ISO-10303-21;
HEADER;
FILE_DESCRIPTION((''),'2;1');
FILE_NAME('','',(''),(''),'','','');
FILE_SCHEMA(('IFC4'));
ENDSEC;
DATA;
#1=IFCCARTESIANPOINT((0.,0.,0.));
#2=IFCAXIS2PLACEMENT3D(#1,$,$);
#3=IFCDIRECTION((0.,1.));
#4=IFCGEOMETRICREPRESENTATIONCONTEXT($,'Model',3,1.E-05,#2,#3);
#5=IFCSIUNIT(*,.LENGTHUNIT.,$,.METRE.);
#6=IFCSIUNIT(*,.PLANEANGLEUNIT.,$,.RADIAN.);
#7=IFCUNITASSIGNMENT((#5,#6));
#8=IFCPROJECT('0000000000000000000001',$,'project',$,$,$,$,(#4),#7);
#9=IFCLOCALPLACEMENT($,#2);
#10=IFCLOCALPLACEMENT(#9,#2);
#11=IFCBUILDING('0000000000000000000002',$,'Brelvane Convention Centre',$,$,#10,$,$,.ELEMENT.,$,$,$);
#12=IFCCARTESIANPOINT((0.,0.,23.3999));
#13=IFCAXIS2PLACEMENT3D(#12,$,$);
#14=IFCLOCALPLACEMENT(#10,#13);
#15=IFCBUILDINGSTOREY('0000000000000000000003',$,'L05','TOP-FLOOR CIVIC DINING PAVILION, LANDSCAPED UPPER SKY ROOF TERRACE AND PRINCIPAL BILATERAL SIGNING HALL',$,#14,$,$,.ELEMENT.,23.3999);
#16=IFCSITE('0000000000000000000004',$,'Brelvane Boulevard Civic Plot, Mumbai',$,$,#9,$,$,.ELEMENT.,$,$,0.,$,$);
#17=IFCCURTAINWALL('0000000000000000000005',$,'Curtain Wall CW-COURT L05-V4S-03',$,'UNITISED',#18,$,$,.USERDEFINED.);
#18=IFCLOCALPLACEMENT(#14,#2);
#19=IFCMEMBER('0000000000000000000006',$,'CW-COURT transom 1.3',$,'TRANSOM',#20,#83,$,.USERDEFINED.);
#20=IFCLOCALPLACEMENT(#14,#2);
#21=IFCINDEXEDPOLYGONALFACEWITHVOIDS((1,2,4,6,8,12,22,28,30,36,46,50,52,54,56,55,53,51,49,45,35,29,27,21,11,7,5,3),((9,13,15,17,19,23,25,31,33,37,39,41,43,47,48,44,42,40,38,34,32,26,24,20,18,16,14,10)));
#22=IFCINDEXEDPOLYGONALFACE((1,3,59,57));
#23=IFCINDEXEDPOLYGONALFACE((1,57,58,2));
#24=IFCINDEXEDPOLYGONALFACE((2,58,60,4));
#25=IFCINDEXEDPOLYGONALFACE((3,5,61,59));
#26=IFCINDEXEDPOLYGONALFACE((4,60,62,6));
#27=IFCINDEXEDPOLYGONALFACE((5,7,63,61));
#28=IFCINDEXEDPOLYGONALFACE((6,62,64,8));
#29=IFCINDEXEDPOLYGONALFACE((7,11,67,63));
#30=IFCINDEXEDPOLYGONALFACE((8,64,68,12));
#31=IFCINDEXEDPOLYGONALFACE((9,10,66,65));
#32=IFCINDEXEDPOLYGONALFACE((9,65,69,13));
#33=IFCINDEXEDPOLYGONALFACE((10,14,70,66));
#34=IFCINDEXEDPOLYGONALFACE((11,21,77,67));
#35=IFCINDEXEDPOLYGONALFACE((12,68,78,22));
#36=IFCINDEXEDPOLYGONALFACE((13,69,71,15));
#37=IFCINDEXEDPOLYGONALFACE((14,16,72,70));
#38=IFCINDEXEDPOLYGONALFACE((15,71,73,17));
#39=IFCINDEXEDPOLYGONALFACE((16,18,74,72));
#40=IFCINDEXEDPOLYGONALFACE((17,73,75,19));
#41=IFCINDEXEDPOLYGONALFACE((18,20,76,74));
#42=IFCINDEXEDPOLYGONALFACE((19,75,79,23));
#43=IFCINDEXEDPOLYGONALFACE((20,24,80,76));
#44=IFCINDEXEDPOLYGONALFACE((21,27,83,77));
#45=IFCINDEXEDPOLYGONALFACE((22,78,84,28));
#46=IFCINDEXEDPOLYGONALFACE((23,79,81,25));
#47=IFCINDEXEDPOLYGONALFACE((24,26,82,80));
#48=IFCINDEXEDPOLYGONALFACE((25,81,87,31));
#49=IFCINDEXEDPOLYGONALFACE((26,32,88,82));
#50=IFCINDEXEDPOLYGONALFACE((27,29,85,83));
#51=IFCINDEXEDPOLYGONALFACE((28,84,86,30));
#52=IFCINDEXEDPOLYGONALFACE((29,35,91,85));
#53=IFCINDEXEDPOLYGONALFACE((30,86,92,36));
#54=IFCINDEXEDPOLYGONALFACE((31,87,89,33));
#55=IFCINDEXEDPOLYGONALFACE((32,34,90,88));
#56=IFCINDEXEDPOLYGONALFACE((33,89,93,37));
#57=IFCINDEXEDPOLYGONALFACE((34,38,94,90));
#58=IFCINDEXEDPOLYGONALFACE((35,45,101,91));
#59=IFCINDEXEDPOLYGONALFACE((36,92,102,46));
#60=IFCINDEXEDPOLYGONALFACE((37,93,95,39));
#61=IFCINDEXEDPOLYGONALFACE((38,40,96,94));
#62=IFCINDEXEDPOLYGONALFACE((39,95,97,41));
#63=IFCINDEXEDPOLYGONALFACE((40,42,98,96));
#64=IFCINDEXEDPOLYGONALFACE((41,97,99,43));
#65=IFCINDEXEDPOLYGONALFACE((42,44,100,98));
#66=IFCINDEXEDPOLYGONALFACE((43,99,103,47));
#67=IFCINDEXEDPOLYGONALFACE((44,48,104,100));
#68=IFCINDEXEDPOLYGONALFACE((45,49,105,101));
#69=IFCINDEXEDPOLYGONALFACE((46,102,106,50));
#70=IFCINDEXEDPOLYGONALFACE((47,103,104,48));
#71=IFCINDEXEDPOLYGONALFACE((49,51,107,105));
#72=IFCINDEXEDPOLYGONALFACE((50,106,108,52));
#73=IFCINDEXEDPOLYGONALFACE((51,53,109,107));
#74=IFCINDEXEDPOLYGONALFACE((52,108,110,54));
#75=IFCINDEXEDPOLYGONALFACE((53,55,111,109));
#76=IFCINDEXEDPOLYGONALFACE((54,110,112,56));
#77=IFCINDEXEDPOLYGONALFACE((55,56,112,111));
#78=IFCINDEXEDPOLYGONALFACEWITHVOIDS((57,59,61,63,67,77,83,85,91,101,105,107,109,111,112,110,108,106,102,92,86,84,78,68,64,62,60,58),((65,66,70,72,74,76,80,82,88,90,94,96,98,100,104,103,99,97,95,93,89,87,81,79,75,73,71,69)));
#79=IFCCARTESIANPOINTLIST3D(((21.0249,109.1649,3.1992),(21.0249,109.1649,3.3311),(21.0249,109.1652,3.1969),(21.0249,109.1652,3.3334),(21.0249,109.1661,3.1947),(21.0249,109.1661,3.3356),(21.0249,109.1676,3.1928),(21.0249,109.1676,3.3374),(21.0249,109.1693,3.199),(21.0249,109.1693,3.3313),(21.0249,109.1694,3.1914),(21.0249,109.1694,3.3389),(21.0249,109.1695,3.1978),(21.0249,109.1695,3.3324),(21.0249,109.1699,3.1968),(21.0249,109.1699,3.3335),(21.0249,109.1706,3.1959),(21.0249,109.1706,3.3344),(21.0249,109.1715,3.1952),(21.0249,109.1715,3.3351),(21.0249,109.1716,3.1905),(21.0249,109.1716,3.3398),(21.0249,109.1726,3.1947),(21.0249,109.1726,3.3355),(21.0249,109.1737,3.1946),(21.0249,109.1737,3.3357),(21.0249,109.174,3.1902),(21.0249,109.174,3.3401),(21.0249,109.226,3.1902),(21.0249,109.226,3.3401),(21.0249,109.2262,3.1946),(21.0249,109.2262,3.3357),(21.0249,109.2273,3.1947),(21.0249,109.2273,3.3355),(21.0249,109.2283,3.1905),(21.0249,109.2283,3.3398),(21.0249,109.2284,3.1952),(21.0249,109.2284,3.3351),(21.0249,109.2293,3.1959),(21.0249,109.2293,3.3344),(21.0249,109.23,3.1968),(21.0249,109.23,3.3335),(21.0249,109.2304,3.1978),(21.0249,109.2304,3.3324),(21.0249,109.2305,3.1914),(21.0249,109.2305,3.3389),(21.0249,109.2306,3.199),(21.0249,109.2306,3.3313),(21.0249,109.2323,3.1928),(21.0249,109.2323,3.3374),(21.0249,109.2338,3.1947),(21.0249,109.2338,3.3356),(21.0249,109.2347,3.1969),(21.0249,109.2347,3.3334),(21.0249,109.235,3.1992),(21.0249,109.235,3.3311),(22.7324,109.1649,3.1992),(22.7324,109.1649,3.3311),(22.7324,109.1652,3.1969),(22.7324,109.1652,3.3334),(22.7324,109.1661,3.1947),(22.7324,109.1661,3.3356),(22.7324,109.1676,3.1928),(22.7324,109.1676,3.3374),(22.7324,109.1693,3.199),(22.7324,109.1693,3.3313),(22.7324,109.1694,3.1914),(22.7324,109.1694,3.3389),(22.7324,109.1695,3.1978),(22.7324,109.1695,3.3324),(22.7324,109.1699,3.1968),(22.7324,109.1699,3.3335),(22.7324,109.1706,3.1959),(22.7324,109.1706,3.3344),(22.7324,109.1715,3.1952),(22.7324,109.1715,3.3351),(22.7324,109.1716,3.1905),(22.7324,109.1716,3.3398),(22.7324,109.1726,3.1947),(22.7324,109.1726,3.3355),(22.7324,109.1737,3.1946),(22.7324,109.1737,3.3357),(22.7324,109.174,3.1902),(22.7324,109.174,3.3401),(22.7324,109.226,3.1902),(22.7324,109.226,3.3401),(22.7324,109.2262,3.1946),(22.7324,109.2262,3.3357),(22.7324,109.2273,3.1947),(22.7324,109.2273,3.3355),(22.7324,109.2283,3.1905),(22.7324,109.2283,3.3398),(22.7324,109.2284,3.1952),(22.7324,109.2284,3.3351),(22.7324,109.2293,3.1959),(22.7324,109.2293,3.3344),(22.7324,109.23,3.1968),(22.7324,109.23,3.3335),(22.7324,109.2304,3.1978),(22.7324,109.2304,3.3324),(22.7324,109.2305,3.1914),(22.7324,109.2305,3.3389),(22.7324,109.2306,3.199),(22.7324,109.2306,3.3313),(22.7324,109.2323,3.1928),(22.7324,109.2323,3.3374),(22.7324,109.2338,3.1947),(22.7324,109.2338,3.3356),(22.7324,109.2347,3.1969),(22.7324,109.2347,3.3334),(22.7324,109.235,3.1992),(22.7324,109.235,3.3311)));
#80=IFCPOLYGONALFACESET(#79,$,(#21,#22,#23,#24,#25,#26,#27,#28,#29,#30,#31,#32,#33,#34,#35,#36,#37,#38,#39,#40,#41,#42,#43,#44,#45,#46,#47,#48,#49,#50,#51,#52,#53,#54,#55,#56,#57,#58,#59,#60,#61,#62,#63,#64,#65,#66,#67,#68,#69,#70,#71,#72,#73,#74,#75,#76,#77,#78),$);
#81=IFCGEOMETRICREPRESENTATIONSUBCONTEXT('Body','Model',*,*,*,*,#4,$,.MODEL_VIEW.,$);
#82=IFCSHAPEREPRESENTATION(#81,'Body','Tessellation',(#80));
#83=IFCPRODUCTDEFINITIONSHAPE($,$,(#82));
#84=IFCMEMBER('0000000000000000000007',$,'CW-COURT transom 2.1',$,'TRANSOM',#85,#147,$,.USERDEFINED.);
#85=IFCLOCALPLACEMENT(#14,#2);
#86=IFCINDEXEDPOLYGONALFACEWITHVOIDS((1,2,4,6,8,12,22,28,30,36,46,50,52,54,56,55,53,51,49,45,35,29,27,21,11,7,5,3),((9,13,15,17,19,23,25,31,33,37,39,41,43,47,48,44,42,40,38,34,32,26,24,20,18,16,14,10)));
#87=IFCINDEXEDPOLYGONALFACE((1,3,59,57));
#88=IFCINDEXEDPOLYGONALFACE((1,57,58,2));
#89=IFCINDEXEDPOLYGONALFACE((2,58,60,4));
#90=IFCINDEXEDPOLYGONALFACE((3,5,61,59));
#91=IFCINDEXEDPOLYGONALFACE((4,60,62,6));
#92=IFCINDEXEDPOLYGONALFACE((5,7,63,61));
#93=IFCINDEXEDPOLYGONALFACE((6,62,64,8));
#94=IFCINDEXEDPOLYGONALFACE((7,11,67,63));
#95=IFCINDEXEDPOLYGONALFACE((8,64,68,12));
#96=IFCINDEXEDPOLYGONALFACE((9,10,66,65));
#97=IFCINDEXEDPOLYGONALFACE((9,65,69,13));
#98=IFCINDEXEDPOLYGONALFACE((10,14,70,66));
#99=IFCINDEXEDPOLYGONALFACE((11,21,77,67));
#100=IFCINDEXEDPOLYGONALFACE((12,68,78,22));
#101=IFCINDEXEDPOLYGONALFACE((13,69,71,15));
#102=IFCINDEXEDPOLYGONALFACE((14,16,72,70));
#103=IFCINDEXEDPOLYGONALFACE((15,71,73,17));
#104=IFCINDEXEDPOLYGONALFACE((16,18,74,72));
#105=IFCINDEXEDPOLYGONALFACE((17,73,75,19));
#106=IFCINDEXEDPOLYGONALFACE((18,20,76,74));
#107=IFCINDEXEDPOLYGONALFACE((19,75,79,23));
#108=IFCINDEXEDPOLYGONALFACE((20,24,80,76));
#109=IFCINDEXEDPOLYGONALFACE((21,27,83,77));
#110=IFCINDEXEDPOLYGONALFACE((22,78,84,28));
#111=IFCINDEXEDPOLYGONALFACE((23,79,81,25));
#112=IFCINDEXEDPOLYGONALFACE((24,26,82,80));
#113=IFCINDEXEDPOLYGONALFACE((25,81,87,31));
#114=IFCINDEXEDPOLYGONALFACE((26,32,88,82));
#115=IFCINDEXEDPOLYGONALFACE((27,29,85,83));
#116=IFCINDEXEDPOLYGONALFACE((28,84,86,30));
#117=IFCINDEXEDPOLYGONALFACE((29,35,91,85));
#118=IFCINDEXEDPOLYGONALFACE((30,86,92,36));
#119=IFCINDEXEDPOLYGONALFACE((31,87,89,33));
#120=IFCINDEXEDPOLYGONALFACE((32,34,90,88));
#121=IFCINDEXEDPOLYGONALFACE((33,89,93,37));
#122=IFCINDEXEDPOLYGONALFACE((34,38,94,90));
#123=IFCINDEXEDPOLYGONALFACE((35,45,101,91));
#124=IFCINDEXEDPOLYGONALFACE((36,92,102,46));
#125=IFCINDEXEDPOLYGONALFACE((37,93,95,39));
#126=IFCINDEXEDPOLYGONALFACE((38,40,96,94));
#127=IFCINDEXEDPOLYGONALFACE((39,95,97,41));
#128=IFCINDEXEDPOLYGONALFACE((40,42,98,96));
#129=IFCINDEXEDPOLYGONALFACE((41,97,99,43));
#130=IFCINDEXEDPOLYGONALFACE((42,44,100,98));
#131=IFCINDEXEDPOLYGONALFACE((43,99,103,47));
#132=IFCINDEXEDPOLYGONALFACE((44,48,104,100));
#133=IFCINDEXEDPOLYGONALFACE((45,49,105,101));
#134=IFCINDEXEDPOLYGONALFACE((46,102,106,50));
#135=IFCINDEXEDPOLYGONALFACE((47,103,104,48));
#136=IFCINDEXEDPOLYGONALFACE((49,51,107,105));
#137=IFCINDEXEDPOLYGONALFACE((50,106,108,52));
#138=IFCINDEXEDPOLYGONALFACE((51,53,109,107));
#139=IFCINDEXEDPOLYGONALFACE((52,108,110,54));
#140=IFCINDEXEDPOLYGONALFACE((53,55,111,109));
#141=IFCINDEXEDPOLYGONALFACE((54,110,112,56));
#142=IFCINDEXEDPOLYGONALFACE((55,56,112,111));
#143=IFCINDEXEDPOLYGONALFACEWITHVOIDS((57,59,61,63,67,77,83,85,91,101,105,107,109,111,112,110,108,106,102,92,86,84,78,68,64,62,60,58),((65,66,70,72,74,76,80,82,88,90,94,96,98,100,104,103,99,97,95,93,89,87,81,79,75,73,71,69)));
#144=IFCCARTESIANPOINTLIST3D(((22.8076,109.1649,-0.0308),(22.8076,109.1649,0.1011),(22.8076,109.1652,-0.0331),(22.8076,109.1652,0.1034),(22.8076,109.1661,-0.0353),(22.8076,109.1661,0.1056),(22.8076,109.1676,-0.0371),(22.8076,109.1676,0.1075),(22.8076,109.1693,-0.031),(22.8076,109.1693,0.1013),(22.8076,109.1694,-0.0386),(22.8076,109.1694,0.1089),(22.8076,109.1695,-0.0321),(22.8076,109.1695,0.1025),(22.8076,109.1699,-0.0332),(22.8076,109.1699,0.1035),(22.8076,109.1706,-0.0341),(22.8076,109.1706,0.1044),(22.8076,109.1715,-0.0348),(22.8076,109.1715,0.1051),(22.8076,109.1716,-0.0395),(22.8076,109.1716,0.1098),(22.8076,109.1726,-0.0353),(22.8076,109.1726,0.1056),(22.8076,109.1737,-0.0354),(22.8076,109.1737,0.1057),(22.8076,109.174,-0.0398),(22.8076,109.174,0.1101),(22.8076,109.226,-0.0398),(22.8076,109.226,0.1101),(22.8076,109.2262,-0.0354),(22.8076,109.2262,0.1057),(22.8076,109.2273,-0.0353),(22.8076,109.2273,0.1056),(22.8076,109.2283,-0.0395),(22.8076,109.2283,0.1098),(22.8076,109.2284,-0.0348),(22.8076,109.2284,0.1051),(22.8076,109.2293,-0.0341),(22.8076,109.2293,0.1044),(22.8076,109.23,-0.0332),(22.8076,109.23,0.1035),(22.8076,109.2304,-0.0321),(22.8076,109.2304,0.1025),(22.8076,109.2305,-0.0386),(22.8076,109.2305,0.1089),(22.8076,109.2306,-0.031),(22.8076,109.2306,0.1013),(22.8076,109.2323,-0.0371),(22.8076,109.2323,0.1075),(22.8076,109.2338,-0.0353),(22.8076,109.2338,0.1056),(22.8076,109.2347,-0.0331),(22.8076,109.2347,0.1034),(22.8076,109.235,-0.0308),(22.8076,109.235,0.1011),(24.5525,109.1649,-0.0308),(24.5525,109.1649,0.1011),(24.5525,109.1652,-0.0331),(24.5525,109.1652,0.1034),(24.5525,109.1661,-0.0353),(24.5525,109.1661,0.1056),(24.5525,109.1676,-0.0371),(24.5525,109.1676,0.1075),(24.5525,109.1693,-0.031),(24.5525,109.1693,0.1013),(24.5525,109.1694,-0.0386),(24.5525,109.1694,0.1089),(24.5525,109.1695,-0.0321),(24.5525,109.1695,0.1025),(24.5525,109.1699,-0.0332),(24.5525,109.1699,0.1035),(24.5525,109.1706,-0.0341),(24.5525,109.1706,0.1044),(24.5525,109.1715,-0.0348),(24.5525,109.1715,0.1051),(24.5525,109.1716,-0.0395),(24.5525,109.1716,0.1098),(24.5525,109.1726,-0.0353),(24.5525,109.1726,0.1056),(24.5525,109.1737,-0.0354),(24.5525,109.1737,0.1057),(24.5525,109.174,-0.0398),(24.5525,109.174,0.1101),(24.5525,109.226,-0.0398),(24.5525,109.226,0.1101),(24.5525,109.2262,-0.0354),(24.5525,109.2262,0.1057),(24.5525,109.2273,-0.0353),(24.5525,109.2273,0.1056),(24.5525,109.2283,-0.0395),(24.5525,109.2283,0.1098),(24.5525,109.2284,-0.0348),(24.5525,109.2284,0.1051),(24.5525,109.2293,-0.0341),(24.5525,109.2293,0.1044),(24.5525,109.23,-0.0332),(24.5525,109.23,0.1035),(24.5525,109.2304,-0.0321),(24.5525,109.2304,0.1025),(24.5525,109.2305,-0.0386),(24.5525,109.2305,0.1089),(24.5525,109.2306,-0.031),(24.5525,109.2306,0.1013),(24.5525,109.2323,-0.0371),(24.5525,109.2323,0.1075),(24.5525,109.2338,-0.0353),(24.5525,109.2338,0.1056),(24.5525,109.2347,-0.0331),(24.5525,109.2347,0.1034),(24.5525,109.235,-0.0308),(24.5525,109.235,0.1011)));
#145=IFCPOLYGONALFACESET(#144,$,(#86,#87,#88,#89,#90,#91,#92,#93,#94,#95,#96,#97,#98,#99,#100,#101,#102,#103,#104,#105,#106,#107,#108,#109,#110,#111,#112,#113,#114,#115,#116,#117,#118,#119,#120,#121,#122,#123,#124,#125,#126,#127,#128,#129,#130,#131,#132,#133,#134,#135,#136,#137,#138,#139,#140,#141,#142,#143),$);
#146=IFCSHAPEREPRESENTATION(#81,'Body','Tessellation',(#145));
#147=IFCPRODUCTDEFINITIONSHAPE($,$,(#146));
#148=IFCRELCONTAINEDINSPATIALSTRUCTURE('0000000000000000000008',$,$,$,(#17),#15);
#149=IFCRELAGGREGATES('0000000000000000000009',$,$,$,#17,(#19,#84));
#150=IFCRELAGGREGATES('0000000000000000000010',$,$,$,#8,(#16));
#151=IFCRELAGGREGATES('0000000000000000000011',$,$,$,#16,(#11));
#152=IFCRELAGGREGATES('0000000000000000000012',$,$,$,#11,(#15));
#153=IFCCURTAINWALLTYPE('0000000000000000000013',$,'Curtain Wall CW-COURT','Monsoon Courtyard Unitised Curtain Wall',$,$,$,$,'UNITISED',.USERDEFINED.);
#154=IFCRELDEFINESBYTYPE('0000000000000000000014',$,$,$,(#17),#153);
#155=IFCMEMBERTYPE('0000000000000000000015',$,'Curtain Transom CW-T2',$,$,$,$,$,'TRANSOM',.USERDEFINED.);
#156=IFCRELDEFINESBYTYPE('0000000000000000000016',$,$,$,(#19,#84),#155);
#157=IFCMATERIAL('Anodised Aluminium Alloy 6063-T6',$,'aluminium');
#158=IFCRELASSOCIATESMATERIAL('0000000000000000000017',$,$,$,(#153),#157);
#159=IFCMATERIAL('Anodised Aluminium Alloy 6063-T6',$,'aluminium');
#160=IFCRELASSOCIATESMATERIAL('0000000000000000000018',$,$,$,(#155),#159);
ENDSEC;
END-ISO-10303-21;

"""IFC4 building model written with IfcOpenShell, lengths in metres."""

from ifc_helpers import new_model, si_unit, direction, frame, origin, origin_2d, place, context, subcontext, project, spatial, hollow_rectangle, extrude, material, material_profile, profile_set, type_object, element, aggregate, save


model = new_model("IFC4")

# Units and contexts
model_context = context("Model", 3, precision=1e-05, world=origin(), true_north=direction((0.0, 1.0)))
body_context = subcontext(model_context, "Body", "Model", "MODEL_VIEW")
ifc_project = project(units=[si_unit("LENGTHUNIT", "METRE"), si_unit("PLANEANGLEUNIT", "RADIAN")], contexts=[model_context])

# Site, building, storey
site_placement = place(None, origin())
site = spatial("IfcSite", under=ifc_project, at=site_placement, Name="Brelvane Boulevard Civic Plot, Mumbai", CompositionType="ELEMENT", RefElevation=0.0)
building_placement = place(site_placement, origin())
building = spatial("IfcBuilding", under=site, at=building_placement, Name="Brelvane Convention Centre", CompositionType="ELEMENT")
storey_placement = place(building_placement, frame((0.0, 0.0, 23.3999)))
storey = spatial("IfcBuildingStorey", under=building, at=storey_placement, Name="L05", Description="TOP-FLOOR CIVIC DINING PAVILION, LANDSCAPED UPPER SKY ROOF TERRACE AND PRINCIPAL BILATERAL SIGNING HALL", CompositionType="ELEMENT", Elevation=23.3999)

# Curtain wall, members
ifc_material_1 = material(Name="Anodised Aluminium Alloy 6063-T6", Category="aluminium")
curtain_wall_type = type_object("IfcCurtainWallType", Name="Curtain Wall CW-COURT", Description="Monsoon Courtyard Unitised Curtain Wall", ElementType="UNITISED", PredefinedType="USERDEFINED", material=ifc_material_1)
curtain_wall_placement = place(storey_placement, origin())
curtain_wall = element("IfcCurtainWall", 1, at=curtain_wall_placement, inside=storey, type_object=curtain_wall_type, Name="Curtain Wall CW-COURT L05-V4S-03", ObjectType="UNITISED", PredefinedType="USERDEFINED")
ifc_material_2 = material(Name="Anodised Aluminium Alloy 6063-T6", Category="aluminium")
ifc_material_profile_1 = material_profile(ifc_material_2, hollow_rectangle(XDim=0.0701, YDim=0.1499, WallThickness=0.0044, InnerFilletRadius=0.0044, OuterFilletRadius=0.009, at=origin_2d()), Name="ALU-T 150x70x4.5")
ifc_profile_set_1 = profile_set([ifc_material_profile_1], Name="Anodised Aluminium Alloy 6063-T6")
member_type = type_object("IfcMemberType", Name="Curtain Transom CW-T2", ElementType="TRANSOM", PredefinedType="USERDEFINED", material=ifc_profile_set_1)
member_1_placement = place(storey_placement, frame((21.0249, 109.2, 3.2651), z_axis=(1.0, 0.0, 0.0), x_axis=(0.0, 1.0, 0.0)))
member_1 = element("IfcMember", 2, at=member_1_placement, type_object=member_type, Name="CW-COURT transom 1.3", ObjectType="TRANSOM", PredefinedType="USERDEFINED", context=body_context, shape_type="SweptSolid", body=[
    extrude(hollow_rectangle(XDim=0.0701, YDim=0.1499, WallThickness=0.0044, InnerFilletRadius=0.0044, OuterFilletRadius=0.009, at=origin_2d()), origin(), (0.0, 0.0, 1.0), 1.7075),
])
member_2_placement = place(storey_placement, frame((22.8076, 109.2, 0.0352), z_axis=(1.0, 0.0, 0.0), x_axis=(0.0, 1.0, 0.0)))
member_2 = element("IfcMember", 3, at=member_2_placement, type_object=member_type, Name="CW-COURT transom 2.1", ObjectType="TRANSOM", PredefinedType="USERDEFINED", context=body_context, shape_type="SweptSolid", body=[
    extrude(hollow_rectangle(XDim=0.0701, YDim=0.1499, WallThickness=0.0044, InnerFilletRadius=0.0044, OuterFilletRadius=0.009, at=origin_2d()), origin(), (0.0, 0.0, 1.0), 1.7449),
])

aggregate(curtain_wall, [member_1, member_2])

save(model, "model.ifc")
